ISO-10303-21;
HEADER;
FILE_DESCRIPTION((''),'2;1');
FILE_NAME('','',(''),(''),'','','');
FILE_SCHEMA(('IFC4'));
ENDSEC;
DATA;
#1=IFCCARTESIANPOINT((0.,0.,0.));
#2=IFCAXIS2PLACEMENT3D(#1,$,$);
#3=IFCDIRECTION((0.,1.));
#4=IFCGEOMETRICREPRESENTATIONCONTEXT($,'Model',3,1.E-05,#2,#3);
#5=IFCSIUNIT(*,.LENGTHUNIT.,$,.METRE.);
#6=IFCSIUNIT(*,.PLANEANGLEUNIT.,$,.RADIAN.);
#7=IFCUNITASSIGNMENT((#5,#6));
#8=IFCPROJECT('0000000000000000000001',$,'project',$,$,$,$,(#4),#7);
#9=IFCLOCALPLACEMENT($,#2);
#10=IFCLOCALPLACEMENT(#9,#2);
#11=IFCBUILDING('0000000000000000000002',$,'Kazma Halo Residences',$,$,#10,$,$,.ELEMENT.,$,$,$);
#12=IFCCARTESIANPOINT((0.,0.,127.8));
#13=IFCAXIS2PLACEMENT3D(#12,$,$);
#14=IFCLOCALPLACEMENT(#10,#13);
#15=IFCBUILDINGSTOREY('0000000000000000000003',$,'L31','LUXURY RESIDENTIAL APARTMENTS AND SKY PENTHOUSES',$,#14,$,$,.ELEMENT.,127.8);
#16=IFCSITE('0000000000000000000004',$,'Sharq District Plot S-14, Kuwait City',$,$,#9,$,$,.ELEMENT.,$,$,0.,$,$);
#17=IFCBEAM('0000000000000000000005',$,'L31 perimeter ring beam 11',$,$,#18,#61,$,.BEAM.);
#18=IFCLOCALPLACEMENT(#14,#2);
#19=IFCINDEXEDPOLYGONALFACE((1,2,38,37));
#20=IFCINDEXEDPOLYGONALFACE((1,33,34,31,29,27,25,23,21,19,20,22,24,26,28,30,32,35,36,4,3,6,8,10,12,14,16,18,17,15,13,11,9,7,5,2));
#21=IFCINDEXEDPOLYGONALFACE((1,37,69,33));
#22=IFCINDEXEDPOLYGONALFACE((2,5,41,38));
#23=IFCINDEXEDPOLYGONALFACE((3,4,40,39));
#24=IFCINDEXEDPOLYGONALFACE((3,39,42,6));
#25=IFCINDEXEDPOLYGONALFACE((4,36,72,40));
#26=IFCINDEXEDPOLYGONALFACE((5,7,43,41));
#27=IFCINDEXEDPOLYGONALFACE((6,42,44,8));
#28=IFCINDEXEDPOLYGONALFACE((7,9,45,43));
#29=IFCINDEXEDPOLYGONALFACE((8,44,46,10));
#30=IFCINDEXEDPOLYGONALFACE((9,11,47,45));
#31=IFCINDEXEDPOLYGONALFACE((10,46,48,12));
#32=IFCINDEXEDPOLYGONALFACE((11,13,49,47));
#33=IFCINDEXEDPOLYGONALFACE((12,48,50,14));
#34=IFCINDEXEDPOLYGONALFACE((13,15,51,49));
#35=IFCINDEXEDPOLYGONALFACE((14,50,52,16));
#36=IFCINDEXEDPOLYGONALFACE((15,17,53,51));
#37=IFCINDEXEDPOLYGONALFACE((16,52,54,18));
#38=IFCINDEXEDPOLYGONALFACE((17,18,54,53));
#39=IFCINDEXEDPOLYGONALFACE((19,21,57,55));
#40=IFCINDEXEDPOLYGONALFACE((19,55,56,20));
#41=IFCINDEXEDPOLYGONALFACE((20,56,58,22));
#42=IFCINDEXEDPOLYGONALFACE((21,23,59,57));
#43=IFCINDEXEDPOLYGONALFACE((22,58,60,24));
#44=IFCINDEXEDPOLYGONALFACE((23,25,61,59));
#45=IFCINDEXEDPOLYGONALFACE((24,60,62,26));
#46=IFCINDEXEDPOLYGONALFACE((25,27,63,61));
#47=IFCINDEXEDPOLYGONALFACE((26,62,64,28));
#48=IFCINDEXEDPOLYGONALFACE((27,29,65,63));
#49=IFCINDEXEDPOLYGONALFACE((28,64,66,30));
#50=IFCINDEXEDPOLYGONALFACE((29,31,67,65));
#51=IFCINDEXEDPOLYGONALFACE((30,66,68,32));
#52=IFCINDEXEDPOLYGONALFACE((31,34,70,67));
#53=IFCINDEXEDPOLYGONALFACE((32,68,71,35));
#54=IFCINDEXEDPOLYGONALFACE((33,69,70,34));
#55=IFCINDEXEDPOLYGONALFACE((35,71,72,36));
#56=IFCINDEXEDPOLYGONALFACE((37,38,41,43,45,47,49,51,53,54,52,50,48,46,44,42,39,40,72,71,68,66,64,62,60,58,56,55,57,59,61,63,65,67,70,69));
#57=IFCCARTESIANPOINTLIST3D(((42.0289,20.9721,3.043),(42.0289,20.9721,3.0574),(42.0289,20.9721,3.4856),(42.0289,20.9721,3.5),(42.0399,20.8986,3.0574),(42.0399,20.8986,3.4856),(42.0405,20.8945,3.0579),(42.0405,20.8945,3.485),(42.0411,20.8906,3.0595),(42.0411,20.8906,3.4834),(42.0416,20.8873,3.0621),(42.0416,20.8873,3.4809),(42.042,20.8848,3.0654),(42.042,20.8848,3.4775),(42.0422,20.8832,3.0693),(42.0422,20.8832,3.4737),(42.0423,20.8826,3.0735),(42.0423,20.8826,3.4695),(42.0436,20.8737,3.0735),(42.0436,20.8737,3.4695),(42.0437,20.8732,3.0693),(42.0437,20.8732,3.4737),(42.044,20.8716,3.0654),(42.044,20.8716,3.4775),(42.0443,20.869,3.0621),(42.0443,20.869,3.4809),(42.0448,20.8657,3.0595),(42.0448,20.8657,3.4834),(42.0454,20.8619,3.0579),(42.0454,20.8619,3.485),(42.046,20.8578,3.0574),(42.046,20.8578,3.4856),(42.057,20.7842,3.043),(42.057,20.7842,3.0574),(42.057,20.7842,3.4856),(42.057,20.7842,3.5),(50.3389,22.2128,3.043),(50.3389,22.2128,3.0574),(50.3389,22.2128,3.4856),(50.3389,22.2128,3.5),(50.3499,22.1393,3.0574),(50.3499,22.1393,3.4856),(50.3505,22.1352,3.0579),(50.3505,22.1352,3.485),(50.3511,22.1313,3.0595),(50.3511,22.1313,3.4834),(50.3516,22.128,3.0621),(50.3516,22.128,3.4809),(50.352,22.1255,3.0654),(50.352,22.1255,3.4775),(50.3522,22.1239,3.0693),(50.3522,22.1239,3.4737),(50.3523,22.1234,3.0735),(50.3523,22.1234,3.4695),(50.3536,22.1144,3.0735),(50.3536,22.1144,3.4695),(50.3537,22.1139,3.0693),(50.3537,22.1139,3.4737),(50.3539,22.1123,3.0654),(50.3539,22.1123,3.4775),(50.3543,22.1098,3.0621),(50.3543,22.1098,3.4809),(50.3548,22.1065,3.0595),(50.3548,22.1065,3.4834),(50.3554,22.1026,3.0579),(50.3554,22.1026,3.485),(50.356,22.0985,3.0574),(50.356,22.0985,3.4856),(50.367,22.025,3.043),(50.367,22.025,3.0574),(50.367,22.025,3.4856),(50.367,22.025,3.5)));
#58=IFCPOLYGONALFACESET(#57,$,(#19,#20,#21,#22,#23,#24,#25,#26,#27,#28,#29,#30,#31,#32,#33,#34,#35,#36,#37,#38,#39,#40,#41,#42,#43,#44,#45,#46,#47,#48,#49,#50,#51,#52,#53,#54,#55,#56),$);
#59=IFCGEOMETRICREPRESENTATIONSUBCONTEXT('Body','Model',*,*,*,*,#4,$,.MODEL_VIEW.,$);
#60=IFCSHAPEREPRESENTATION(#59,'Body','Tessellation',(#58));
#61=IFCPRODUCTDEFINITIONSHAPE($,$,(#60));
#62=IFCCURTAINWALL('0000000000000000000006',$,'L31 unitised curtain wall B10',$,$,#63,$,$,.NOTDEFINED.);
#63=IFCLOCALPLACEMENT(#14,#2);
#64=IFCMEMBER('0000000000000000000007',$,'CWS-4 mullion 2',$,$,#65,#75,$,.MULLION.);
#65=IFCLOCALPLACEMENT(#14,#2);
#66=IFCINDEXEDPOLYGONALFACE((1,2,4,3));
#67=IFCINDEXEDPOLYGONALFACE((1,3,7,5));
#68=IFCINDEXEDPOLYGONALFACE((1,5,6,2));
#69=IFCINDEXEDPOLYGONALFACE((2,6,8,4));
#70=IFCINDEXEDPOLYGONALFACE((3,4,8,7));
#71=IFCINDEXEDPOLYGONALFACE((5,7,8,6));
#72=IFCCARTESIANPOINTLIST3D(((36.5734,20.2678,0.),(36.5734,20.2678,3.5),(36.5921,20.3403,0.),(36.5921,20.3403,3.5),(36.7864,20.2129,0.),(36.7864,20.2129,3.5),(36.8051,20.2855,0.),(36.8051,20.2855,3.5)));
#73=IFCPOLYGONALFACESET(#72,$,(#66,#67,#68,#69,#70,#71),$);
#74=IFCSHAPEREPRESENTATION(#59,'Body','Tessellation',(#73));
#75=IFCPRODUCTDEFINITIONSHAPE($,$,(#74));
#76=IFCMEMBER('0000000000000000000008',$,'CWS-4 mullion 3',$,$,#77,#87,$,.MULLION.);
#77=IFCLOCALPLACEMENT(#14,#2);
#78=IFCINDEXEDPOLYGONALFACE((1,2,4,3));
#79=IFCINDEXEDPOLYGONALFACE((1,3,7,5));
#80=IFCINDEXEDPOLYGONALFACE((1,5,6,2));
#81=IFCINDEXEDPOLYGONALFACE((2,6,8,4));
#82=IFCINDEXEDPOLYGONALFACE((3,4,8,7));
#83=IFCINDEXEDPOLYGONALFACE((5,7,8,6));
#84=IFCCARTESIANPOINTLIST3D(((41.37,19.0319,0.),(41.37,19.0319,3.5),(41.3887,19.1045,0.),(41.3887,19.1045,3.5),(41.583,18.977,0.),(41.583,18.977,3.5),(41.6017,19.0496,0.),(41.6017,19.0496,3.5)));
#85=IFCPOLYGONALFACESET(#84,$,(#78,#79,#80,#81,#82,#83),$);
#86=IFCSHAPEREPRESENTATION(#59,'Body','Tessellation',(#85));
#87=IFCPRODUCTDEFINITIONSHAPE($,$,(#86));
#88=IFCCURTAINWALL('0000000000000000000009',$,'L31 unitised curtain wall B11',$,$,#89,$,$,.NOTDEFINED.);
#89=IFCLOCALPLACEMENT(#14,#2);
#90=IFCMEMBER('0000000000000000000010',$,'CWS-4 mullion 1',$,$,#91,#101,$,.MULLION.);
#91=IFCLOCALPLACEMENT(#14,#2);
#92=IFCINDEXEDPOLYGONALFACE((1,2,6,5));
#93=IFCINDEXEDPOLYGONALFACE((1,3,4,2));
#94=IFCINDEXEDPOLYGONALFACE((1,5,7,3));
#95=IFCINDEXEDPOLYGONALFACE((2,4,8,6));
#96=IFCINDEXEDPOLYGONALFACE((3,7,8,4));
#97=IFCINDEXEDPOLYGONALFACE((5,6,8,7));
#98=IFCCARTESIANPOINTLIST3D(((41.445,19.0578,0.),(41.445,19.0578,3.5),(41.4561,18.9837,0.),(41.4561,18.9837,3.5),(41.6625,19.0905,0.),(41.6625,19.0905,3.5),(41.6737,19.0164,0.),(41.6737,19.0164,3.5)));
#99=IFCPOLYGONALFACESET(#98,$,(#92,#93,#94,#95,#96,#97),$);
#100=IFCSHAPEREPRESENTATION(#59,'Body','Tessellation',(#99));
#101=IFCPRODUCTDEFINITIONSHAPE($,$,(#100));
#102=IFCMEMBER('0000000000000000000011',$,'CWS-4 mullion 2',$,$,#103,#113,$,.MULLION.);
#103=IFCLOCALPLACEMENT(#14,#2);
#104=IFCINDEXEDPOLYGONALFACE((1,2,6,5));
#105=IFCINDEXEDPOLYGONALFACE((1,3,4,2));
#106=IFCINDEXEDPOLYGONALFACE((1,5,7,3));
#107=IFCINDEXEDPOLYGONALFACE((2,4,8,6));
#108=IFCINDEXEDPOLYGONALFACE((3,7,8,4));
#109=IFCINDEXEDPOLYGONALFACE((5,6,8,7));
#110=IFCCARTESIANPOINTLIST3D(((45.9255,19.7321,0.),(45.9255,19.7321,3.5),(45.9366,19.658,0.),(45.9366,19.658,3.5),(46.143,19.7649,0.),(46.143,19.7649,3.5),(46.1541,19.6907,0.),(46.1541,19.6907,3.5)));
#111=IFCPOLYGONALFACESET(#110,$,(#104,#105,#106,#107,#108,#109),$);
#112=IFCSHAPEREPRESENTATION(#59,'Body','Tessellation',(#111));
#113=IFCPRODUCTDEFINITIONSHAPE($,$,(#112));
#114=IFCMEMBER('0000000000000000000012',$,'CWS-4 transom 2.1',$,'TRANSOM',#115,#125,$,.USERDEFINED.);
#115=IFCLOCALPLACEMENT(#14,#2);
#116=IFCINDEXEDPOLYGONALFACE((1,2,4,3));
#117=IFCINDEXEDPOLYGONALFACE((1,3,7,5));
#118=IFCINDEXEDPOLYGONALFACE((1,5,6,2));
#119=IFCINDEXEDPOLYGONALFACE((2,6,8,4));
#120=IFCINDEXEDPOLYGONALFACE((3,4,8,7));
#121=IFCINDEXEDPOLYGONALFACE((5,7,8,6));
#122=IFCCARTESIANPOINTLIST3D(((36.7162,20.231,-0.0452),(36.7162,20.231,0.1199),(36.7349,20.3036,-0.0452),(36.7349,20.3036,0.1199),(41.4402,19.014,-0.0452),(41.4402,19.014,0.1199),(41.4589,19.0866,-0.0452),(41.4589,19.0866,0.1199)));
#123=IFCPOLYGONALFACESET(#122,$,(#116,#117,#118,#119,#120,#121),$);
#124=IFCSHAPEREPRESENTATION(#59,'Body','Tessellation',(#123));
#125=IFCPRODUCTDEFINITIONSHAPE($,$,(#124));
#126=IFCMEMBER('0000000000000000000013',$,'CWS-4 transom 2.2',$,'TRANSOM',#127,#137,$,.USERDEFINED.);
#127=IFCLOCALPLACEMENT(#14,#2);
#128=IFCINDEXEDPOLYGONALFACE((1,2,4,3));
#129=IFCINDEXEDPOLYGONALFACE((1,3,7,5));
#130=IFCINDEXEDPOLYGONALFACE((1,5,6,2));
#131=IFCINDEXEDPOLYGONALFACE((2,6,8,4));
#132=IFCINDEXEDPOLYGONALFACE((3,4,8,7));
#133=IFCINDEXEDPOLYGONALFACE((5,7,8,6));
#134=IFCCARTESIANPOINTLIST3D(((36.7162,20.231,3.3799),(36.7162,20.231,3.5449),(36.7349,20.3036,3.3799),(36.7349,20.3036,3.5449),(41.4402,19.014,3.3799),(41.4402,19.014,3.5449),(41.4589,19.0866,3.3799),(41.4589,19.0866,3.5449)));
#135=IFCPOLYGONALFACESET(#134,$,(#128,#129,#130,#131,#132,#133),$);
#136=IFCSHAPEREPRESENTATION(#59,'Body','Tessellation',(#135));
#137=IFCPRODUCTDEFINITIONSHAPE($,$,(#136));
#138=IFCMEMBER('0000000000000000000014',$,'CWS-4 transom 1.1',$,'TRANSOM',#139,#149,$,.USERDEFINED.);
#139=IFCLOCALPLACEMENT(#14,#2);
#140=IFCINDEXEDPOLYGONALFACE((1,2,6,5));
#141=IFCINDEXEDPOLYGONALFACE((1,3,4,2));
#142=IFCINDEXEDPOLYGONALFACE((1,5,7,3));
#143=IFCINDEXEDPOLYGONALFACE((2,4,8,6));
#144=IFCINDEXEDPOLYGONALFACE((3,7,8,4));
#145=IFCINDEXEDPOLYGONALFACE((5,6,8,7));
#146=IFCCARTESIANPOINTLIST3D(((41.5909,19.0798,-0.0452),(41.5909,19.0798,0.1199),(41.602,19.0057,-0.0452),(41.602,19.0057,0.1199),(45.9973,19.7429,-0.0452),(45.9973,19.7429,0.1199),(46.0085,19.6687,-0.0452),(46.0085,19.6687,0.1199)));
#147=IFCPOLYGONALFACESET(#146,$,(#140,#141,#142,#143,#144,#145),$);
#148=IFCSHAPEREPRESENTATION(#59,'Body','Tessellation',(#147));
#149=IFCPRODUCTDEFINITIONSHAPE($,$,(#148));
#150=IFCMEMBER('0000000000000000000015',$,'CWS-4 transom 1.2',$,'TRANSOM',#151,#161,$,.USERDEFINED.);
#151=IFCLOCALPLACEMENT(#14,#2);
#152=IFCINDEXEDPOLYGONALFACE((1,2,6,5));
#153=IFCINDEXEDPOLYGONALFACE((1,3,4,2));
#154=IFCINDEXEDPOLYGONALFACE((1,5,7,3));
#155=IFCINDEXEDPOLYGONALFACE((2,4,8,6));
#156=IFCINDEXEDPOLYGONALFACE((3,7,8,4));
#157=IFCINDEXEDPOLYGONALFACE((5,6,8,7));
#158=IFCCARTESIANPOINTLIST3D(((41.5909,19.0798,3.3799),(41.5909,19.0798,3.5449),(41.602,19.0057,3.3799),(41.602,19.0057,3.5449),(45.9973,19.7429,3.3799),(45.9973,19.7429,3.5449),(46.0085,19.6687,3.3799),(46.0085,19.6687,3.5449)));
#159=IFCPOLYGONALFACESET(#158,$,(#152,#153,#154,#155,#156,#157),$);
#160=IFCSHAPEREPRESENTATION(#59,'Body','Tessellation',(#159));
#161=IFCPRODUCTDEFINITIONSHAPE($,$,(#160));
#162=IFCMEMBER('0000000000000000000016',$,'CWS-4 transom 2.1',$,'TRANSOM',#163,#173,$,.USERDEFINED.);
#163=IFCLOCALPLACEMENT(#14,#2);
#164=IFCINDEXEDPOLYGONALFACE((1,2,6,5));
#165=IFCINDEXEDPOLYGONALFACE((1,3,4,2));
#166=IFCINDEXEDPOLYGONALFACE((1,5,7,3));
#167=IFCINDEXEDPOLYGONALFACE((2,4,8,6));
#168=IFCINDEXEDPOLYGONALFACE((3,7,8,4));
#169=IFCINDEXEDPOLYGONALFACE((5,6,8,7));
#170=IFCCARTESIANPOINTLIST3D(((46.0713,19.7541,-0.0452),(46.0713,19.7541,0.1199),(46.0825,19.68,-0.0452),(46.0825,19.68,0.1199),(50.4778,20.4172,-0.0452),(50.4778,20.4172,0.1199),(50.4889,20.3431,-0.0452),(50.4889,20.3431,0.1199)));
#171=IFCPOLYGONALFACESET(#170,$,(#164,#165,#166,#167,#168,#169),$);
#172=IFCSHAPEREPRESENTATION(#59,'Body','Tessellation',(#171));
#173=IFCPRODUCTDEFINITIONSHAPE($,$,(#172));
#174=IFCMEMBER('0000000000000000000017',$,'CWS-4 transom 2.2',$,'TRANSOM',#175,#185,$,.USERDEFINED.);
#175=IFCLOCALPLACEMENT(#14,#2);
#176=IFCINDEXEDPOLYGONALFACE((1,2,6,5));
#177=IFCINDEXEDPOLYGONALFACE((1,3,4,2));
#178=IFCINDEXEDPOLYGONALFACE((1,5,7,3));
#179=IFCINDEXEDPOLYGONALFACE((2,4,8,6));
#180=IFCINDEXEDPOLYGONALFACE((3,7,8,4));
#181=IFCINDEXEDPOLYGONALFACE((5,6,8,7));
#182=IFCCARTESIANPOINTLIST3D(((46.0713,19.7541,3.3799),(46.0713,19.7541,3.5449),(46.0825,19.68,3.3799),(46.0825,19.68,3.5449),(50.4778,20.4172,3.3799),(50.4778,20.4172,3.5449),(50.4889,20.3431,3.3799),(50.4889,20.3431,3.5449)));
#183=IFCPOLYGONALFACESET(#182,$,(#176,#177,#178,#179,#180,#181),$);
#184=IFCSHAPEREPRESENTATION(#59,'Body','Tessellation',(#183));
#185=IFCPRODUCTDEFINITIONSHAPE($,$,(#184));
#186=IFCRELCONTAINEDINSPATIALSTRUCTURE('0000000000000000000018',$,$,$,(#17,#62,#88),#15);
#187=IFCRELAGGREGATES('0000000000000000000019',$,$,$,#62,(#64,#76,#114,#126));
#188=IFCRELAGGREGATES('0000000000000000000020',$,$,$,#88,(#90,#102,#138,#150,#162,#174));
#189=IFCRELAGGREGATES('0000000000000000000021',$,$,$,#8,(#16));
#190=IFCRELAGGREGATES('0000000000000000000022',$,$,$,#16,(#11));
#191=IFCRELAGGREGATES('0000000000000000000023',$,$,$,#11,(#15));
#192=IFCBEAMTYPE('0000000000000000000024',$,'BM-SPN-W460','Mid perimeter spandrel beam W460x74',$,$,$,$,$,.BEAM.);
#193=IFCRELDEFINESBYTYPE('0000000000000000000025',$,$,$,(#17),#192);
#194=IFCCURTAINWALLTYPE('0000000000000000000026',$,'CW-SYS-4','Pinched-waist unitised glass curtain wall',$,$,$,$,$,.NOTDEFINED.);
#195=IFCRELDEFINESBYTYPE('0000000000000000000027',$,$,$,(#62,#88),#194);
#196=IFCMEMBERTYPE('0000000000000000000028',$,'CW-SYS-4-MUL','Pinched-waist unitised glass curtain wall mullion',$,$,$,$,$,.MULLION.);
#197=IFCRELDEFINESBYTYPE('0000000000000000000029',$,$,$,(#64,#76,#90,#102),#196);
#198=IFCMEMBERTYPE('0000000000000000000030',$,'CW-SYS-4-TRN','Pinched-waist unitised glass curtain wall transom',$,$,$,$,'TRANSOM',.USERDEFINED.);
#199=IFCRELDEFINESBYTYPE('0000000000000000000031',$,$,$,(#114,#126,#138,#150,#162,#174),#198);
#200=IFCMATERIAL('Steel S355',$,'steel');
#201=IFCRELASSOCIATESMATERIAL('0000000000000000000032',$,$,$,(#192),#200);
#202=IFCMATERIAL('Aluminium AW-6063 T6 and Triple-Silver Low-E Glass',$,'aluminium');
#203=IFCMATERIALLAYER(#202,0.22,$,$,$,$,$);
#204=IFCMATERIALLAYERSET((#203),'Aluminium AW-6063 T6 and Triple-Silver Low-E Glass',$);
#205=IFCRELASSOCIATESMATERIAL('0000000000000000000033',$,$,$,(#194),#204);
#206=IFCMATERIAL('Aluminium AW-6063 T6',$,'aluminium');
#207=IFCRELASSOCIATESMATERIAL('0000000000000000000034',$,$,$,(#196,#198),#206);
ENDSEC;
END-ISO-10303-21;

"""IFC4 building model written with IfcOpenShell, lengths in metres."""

from ifc_helpers import new_model, si_unit, direction, frame, origin, origin_2d, place, context, subcontext, project, spatial, rectangle, i_section, extrude, material, layer, layer_set, material_profile, profile_set, type_object, element, aggregate, save


model = new_model("IFC4")

# Units and contexts
model_context = context("Model", 3, precision=1e-05, world=origin(), true_north=direction((0.0, 1.0)))
body_context = subcontext(model_context, "Body", "Model", "MODEL_VIEW")
ifc_project = project(units=[si_unit("LENGTHUNIT", "METRE"), si_unit("PLANEANGLEUNIT", "RADIAN")], contexts=[model_context])

# Site, building, storey
site_placement = place(None, origin())
site = spatial("IfcSite", under=ifc_project, at=site_placement, Name="Sharq District Plot S-14, Kuwait City", CompositionType="ELEMENT", RefElevation=0.0)
building_placement = place(site_placement, origin())
building = spatial("IfcBuilding", under=site, at=building_placement, Name="Kazma Halo Residences", CompositionType="ELEMENT")
storey_placement = place(building_placement, frame((0.0, 0.0, 127.8)))
storey = spatial("IfcBuildingStorey", under=building, at=storey_placement, Name="L31", Description="LUXURY RESIDENTIAL APARTMENTS AND SKY PENTHOUSES", CompositionType="ELEMENT", Elevation=127.8)

# Beam
ifc_material_1 = material(Name="Steel S355", Category="steel")
ifc_material_profile_1 = material_profile(ifc_material_1, i_section(OverallWidth=0.1899, OverallDepth=0.457, WebThickness=0.009, FlangeThickness=0.0144, FilletRadius=0.0161, at=origin_2d()), Name="W460x74")
ifc_profile_set_1 = profile_set([ifc_material_profile_1], Name="Steel S355")
beam_type_1 = type_object("IfcBeamType", Name="BM-SPN-W460", Description="Mid perimeter spandrel beam W460x74", PredefinedType="BEAM", material=ifc_profile_set_1)
beam_1_placement = place(storey_placement, frame((42.043, 20.8782, 3.2715), z_axis=(0.989037, 0.147667, 0.0), x_axis=(-0.147667, 0.989037, 0.0)))
element("IfcBeam", 1, at=beam_1_placement, inside=storey, type_object=beam_type_1, Name="L31 perimeter ring beam 11", PredefinedType="BEAM", context=body_context, shape_type="SweptSolid", body=[
    extrude(i_section(OverallWidth=0.1899, OverallDepth=0.457, WebThickness=0.009, FlangeThickness=0.0144, FilletRadius=0.0161, at=origin_2d()), origin(), (0.0, 0.0, 1.0), 8.4021),
])

# Curtain walls, members
ifc_material_2 = material(Name="Aluminium AW-6063 T6 and Triple-Silver Low-E Glass", Category="aluminium")
ifc_layer_1 = layer(ifc_material_2, 0.22)
ifc_layer_set_1 = layer_set([ifc_layer_1], Name="Aluminium AW-6063 T6 and Triple-Silver Low-E Glass")
curtain_wall_type = type_object("IfcCurtainWallType", Name="CW-SYS-4", Description="Pinched-waist unitised glass curtain wall", PredefinedType="NOTDEFINED", material=ifc_layer_set_1)
curtain_wall_1_placement = place(storey_placement, origin())
curtain_wall_1 = element("IfcCurtainWall", 2, at=curtain_wall_1_placement, inside=storey, type_object=curtain_wall_type, Name="L31 unitised curtain wall B10", PredefinedType="NOTDEFINED")
ifc_material_3 = material(Name="Aluminium AW-6063 T6", Category="aluminium")
ifc_material_profile_2 = material_profile(ifc_material_3, rectangle(XDim=0.075, YDim=0.22, at=origin_2d()), Name="CWM-75x220")
ifc_profile_set_2 = profile_set([ifc_material_profile_2], Name="Aluminium AW-6063 T6")
member_type_1 = type_object("IfcMemberType", Name="CW-SYS-4-MUL", Description="Pinched-waist unitised glass curtain wall mullion", PredefinedType="MULLION", material=ifc_profile_set_2)
member_1_placement = place(storey_placement, frame((36.6892, 20.2766, 0.0), z_axis=(0.0, 0.0, 1.0), x_axis=(0.249479, 0.96838, 0.0)))
member_1 = element("IfcMember", 3, at=member_1_placement, type_object=member_type_1, Name="CWS-4 mullion 2", PredefinedType="MULLION", context=body_context, shape_type="SweptSolid", body=[
    extrude(rectangle(XDim=0.075, YDim=0.22, at=origin_2d()), origin(), (0.0, 0.0, 1.0), 3.5),
])
member_2_placement = place(storey_placement, frame((41.4858, 19.0408, 0.0), z_axis=(0.0, 0.0, 1.0), x_axis=(0.249479, 0.96838, 0.0)))
member_2 = element("IfcMember", 4, at=member_2_placement, type_object=member_type_1, Name="CWS-4 mullion 3", PredefinedType="MULLION", context=body_context, shape_type="SweptSolid", body=[
    extrude(rectangle(XDim=0.075, YDim=0.22, at=origin_2d()), origin(), (0.0, 0.0, 1.0), 3.5),
])
curtain_wall_2_placement = place(storey_placement, origin())
curtain_wall_2 = element("IfcCurtainWall", 5, at=curtain_wall_2_placement, inside=storey, type_object=curtain_wall_type, Name="L31 unitised curtain wall B11", PredefinedType="NOTDEFINED")
member_3_placement = place(storey_placement, frame((41.5593, 19.0371, 0.0), z_axis=(0.0, 0.0, 1.0), x_axis=(-0.148821, 0.988864, 0.0)))
member_3 = element("IfcMember", 6, at=member_3_placement, type_object=member_type_1, Name="CWS-4 mullion 1", PredefinedType="MULLION", context=body_context, shape_type="SweptSolid", body=[
    extrude(rectangle(XDim=0.075, YDim=0.22, at=origin_2d()), origin(), (0.0, 0.0, 1.0), 3.5),
])
member_4_placement = place(storey_placement, frame((46.0398, 19.7114, 0.0), z_axis=(0.0, 0.0, 1.0), x_axis=(-0.148821, 0.988864, 0.0)))
member_4 = element("IfcMember", 7, at=member_4_placement, type_object=member_type_1, Name="CWS-4 mullion 2", PredefinedType="MULLION", context=body_context, shape_type="SweptSolid", body=[
    extrude(rectangle(XDim=0.075, YDim=0.22, at=origin_2d()), origin(), (0.0, 0.0, 1.0), 3.5),
])

# Members
ifc_material_profile_3 = material_profile(ifc_material_3, rectangle(XDim=0.075, YDim=0.165, at=origin_2d()), Name="CWT-75x165")
ifc_profile_set_3 = profile_set([ifc_material_profile_3], Name="Aluminium AW-6063 T6")
member_type_2 = type_object("IfcMemberType", Name="CW-SYS-4-TRN", Description="Pinched-waist unitised glass curtain wall transom", ElementType="TRANSOM", PredefinedType="USERDEFINED", material=ifc_profile_set_3)
member_5_placement = place(storey_placement, frame((36.7256, 20.2673, 0.0374), z_axis=(0.968378, -0.249489, 0.0), x_axis=(0.249489, 0.968378, 0.0)))
member_5 = element("IfcMember", 8, at=member_5_placement, type_object=member_type_2, Name="CWS-4 transom 2.1", ObjectType="TRANSOM", PredefinedType="USERDEFINED", context=body_context, shape_type="SweptSolid", body=[
    extrude(rectangle(XDim=0.075, YDim=0.165, at=origin_2d()), origin(), (0.0, 0.0, 1.0), 4.8782),
])
member_6_placement = place(storey_placement, frame((36.7256, 20.2673, 3.4624), z_axis=(0.968378, -0.249489, 0.0), x_axis=(0.249489, 0.968378, 0.0)))
member_6 = element("IfcMember", 9, at=member_6_placement, type_object=member_type_2, Name="CWS-4 transom 2.2", ObjectType="TRANSOM", PredefinedType="USERDEFINED", context=body_context, shape_type="SweptSolid", body=[
    extrude(rectangle(XDim=0.075, YDim=0.165, at=origin_2d()), origin(), (0.0, 0.0, 1.0), 4.8782),
])
member_7_placement = place(storey_placement, frame((41.5964, 19.0427, 0.0374), z_axis=(0.988867, 0.148804, 0.0), x_axis=(-0.148804, 0.988867, 0.0)))
member_7 = element("IfcMember", 10, at=member_7_placement, type_object=member_type_2, Name="CWS-4 transom 1.1", ObjectType="TRANSOM", PredefinedType="USERDEFINED", context=body_context, shape_type="SweptSolid", body=[
    extrude(rectangle(XDim=0.075, YDim=0.165, at=origin_2d()), origin(), (0.0, 0.0, 1.0), 4.4561),
])
member_8_placement = place(storey_placement, frame((41.5964, 19.0427, 3.4624), z_axis=(0.988867, 0.148804, 0.0), x_axis=(-0.148804, 0.988867, 0.0)))
member_8 = element("IfcMember", 11, at=member_8_placement, type_object=member_type_2, Name="CWS-4 transom 1.2", ObjectType="TRANSOM", PredefinedType="USERDEFINED", context=body_context, shape_type="SweptSolid", body=[
    extrude(rectangle(XDim=0.075, YDim=0.165, at=origin_2d()), origin(), (0.0, 0.0, 1.0), 4.4561),
])
member_9_placement = place(storey_placement, frame((46.0769, 19.717, 0.0374), z_axis=(0.988867, 0.148804, 0.0), x_axis=(-0.148804, 0.988867, 0.0)))
member_9 = element("IfcMember", 12, at=member_9_placement, type_object=member_type_2, Name="CWS-4 transom 2.1", ObjectType="TRANSOM", PredefinedType="USERDEFINED", context=body_context, shape_type="SweptSolid", body=[
    extrude(rectangle(XDim=0.075, YDim=0.165, at=origin_2d()), origin(), (0.0, 0.0, 1.0), 4.4561),
])
member_10_placement = place(storey_placement, frame((46.0769, 19.717, 3.4624), z_axis=(0.988867, 0.148804, 0.0), x_axis=(-0.148804, 0.988867, 0.0)))
member_10 = element("IfcMember", 13, at=member_10_placement, type_object=member_type_2, Name="CWS-4 transom 2.2", ObjectType="TRANSOM", PredefinedType="USERDEFINED", context=body_context, shape_type="SweptSolid", body=[
    extrude(rectangle(XDim=0.075, YDim=0.165, at=origin_2d()), origin(), (0.0, 0.0, 1.0), 4.4561),
])

aggregate(curtain_wall_1, [member_1, member_2, member_5, member_6])
aggregate(curtain_wall_2, [member_3, member_4, member_7, member_8, member_9, member_10])

save(model, "model.ifc")
